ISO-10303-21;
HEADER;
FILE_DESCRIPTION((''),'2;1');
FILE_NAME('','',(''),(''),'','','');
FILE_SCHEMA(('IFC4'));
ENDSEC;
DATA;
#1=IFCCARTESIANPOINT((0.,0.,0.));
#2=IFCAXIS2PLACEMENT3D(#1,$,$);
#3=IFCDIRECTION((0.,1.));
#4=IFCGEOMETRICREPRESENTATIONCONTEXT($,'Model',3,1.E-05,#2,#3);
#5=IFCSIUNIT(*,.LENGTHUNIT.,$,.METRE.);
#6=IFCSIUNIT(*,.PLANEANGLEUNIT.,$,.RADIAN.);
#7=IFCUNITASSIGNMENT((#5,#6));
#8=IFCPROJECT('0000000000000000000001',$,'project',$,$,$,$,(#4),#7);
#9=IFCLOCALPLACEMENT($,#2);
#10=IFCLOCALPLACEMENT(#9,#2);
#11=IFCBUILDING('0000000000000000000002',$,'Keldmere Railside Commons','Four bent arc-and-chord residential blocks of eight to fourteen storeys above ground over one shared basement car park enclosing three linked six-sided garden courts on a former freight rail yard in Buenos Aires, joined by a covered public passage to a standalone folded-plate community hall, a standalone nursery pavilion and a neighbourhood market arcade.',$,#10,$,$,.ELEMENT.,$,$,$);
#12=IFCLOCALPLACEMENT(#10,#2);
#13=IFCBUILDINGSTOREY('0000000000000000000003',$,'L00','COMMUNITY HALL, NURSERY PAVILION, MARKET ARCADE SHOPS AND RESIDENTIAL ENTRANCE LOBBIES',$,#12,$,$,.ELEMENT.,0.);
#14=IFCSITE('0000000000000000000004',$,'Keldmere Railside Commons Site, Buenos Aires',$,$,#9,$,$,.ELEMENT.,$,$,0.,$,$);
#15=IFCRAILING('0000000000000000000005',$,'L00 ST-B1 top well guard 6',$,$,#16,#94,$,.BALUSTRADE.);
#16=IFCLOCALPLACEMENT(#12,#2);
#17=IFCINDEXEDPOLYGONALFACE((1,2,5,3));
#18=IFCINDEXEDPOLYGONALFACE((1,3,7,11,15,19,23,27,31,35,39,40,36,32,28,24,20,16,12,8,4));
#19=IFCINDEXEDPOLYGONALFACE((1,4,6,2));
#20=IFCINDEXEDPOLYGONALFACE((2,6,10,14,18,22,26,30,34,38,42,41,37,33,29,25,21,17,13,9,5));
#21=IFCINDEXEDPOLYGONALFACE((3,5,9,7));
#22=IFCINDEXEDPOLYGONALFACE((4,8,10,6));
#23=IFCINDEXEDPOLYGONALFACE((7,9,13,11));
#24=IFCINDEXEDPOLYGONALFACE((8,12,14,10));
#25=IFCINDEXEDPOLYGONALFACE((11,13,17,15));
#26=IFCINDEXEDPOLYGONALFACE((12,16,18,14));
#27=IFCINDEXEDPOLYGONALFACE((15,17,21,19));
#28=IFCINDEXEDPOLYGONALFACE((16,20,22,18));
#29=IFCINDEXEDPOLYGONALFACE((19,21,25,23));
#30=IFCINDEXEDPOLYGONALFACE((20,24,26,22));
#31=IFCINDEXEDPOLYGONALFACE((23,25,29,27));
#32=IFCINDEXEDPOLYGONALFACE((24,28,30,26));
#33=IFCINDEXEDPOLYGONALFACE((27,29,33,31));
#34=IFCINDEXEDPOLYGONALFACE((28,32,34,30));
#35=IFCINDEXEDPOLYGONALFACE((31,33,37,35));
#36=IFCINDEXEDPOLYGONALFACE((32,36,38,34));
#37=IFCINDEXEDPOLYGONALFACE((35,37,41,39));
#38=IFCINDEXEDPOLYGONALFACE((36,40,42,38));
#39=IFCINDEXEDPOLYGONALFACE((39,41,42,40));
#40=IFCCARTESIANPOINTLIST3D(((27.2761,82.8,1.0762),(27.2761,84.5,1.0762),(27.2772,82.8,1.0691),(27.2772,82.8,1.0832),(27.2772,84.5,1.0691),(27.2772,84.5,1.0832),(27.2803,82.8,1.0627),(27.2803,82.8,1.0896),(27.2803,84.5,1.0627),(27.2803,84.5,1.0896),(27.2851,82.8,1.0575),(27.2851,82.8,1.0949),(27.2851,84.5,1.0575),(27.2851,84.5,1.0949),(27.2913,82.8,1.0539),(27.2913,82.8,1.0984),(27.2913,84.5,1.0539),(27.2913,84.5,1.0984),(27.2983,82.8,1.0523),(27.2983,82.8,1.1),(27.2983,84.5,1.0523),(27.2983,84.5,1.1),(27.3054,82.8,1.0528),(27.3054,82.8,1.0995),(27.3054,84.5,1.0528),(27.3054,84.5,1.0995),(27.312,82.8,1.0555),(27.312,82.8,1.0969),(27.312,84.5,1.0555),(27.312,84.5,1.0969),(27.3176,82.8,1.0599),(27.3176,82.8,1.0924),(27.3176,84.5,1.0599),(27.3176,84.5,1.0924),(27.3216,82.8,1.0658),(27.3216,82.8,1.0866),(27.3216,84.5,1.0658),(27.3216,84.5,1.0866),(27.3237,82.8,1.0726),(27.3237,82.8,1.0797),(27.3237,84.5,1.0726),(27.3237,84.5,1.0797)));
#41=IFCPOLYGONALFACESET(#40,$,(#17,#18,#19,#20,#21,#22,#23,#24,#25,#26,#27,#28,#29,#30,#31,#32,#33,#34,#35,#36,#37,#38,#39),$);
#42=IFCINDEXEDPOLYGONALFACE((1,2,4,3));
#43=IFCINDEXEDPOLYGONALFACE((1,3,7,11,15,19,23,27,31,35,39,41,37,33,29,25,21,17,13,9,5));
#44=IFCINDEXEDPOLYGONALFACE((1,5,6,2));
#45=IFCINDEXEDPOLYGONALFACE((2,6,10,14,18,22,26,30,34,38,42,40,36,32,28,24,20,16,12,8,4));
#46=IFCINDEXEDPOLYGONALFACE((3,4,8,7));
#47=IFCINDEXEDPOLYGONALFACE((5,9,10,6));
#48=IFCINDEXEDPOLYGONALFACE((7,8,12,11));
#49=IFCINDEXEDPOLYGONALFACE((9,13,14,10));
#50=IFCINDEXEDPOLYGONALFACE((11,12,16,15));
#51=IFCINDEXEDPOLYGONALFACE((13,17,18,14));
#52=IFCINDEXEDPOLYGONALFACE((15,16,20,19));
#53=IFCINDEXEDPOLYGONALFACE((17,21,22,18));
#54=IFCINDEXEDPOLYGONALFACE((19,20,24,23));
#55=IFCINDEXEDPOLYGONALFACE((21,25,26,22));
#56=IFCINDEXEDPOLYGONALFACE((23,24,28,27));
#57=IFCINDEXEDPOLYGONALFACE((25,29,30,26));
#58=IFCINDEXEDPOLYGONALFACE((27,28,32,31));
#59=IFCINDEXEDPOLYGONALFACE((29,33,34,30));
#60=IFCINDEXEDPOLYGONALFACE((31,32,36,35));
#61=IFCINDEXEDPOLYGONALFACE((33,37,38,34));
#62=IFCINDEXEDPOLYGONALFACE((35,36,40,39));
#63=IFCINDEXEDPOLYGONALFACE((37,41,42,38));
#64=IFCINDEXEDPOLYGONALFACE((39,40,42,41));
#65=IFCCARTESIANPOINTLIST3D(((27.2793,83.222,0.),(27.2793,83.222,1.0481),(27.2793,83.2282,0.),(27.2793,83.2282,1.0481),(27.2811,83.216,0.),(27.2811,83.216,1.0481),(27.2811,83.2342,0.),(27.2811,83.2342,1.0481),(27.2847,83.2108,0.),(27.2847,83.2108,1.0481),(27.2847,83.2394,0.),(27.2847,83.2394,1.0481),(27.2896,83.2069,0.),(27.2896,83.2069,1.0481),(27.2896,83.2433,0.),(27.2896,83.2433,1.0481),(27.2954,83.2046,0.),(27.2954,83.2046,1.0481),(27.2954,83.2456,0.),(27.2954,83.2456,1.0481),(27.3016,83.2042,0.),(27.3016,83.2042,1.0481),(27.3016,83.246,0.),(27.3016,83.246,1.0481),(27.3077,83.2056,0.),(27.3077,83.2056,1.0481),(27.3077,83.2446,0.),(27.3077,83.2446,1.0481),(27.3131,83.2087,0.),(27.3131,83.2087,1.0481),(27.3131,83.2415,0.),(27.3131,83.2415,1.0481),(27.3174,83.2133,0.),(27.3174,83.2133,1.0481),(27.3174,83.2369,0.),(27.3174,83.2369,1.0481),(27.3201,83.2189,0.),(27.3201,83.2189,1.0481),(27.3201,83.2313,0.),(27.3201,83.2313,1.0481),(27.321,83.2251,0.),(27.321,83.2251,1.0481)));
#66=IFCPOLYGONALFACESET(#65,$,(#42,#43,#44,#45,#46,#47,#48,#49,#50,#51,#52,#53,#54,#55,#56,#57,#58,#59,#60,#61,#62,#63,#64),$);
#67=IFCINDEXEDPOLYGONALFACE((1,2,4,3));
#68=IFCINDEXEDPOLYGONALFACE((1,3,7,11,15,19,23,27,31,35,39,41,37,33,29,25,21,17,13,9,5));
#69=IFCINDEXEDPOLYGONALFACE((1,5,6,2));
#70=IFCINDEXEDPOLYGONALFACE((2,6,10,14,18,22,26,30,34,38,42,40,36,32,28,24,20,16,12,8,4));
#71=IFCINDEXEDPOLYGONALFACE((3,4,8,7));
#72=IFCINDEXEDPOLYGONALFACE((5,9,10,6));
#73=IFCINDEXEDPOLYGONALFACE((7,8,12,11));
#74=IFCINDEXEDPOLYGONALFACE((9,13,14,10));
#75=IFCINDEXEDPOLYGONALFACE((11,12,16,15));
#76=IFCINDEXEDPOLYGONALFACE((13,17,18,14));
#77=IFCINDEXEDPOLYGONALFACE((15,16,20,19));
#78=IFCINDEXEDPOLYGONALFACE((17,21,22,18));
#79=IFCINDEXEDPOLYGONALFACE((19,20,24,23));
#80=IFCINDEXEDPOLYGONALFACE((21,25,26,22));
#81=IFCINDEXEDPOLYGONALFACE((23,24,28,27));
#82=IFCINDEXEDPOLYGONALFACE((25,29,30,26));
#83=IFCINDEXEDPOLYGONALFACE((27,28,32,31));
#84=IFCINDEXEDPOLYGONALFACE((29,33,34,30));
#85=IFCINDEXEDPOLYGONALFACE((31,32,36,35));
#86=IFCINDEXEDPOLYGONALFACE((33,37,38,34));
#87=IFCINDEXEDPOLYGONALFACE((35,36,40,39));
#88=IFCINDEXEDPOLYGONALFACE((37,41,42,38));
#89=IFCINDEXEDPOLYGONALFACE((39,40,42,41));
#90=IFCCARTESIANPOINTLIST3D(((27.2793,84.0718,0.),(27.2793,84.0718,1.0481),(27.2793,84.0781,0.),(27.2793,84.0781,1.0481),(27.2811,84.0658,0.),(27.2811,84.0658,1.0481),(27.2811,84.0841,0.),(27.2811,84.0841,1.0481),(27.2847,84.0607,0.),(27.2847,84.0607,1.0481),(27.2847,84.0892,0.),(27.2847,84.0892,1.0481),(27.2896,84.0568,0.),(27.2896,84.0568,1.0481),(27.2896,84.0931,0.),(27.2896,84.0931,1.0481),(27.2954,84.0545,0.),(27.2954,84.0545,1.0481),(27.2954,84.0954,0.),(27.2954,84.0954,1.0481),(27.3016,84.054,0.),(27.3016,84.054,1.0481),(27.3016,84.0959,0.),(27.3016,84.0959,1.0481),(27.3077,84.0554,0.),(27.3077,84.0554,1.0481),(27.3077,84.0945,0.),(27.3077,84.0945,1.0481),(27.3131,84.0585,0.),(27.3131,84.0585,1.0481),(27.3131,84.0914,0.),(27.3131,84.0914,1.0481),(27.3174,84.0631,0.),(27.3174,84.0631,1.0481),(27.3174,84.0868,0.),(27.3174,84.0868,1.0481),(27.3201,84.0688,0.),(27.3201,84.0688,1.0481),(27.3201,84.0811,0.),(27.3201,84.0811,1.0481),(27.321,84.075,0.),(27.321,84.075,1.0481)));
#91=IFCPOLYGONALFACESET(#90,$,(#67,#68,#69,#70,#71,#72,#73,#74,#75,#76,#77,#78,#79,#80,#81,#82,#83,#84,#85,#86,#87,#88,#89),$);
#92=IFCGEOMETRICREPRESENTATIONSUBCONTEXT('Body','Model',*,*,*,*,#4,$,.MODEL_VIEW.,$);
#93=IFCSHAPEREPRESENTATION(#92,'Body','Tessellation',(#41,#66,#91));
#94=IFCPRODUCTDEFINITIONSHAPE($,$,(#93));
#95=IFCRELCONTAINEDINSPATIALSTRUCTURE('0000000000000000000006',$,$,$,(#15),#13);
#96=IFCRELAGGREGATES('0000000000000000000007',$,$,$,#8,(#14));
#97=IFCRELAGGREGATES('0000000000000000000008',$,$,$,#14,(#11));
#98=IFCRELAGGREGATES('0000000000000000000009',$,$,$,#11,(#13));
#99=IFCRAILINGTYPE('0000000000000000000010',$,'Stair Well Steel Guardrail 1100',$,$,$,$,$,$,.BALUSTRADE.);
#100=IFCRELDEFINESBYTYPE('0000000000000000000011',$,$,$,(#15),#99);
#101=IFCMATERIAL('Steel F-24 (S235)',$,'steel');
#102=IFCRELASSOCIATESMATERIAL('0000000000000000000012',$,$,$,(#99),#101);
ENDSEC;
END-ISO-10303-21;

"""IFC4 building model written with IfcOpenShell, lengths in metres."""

from ifc_helpers import new_model, si_unit, direction, frame, origin, origin_2d, place, context, subcontext, project, spatial, circle, extrude, material, type_object, element, save


model = new_model("IFC4")

# Units and contexts
model_context = context("Model", 3, precision=1e-05, world=origin(), true_north=direction((0.0, 1.0)))
body_context = subcontext(model_context, "Body", "Model", "MODEL_VIEW")
ifc_project = project(units=[si_unit("LENGTHUNIT", "METRE"), si_unit("PLANEANGLEUNIT", "RADIAN")], contexts=[model_context])

# Site, building, storey
site_placement = place(None, origin())
site = spatial("IfcSite", under=ifc_project, at=site_placement, Name="Keldmere Railside Commons Site, Buenos Aires", CompositionType="ELEMENT", RefElevation=0.0)
building_placement = place(site_placement, origin())
building = spatial("IfcBuilding", under=site, at=building_placement, Name="Keldmere Railside Commons", Description="Four bent arc-and-chord residential blocks of eight to fourteen storeys above ground over one shared basement car park enclosing three linked six-sided garden courts on a former freight rail yard in Buenos Aires, joined by a covered public passage to a standalone folded-plate community hall, a standalone nursery pavilion and a neighbourhood market arcade.", CompositionType="ELEMENT")
storey_placement = place(building_placement, origin())
storey = spatial("IfcBuildingStorey", under=building, at=storey_placement, Name="L00", Description="COMMUNITY HALL, NURSERY PAVILION, MARKET ARCADE SHOPS AND RESIDENTIAL ENTRANCE LOBBIES", CompositionType="ELEMENT", Elevation=0.0)

# Railing
ifc_material_1 = material(Name="Steel F-24 (S235)", Category="steel")
railing_type = type_object("IfcRailingType", Name="Stair Well Steel Guardrail 1100", PredefinedType="BALUSTRADE", material=ifc_material_1)
railing_1_placement = place(storey_placement, frame((27.3, 82.8, 0.0)))
element("IfcRailing", 1, at=railing_1_placement, inside=storey, type_object=railing_type, Name="L00 ST-B1 top well guard 6", PredefinedType="BALUSTRADE", context=body_context, shape_type="SweptSolid", body=[
    extrude(circle(Radius=0.0239, at=origin_2d()), frame((0.0, 0.0, 1.0762), z_axis=(0.0, 1.0, 0.0), x_axis=(-1.0, 0.0, 0.0)), (0.0, 0.0, 1.0), 1.7),
    extrude(circle(Radius=0.021, at=origin_2d()), frame((0.0, 0.425, 0.0)), (0.0, 0.0, 1.0), 1.0481),
    extrude(circle(Radius=0.021, at=origin_2d()), frame((0.0, 1.2749, 0.0)), (0.0, 0.0, 1.0), 1.0481),
])

save(model, "model.ifc")
